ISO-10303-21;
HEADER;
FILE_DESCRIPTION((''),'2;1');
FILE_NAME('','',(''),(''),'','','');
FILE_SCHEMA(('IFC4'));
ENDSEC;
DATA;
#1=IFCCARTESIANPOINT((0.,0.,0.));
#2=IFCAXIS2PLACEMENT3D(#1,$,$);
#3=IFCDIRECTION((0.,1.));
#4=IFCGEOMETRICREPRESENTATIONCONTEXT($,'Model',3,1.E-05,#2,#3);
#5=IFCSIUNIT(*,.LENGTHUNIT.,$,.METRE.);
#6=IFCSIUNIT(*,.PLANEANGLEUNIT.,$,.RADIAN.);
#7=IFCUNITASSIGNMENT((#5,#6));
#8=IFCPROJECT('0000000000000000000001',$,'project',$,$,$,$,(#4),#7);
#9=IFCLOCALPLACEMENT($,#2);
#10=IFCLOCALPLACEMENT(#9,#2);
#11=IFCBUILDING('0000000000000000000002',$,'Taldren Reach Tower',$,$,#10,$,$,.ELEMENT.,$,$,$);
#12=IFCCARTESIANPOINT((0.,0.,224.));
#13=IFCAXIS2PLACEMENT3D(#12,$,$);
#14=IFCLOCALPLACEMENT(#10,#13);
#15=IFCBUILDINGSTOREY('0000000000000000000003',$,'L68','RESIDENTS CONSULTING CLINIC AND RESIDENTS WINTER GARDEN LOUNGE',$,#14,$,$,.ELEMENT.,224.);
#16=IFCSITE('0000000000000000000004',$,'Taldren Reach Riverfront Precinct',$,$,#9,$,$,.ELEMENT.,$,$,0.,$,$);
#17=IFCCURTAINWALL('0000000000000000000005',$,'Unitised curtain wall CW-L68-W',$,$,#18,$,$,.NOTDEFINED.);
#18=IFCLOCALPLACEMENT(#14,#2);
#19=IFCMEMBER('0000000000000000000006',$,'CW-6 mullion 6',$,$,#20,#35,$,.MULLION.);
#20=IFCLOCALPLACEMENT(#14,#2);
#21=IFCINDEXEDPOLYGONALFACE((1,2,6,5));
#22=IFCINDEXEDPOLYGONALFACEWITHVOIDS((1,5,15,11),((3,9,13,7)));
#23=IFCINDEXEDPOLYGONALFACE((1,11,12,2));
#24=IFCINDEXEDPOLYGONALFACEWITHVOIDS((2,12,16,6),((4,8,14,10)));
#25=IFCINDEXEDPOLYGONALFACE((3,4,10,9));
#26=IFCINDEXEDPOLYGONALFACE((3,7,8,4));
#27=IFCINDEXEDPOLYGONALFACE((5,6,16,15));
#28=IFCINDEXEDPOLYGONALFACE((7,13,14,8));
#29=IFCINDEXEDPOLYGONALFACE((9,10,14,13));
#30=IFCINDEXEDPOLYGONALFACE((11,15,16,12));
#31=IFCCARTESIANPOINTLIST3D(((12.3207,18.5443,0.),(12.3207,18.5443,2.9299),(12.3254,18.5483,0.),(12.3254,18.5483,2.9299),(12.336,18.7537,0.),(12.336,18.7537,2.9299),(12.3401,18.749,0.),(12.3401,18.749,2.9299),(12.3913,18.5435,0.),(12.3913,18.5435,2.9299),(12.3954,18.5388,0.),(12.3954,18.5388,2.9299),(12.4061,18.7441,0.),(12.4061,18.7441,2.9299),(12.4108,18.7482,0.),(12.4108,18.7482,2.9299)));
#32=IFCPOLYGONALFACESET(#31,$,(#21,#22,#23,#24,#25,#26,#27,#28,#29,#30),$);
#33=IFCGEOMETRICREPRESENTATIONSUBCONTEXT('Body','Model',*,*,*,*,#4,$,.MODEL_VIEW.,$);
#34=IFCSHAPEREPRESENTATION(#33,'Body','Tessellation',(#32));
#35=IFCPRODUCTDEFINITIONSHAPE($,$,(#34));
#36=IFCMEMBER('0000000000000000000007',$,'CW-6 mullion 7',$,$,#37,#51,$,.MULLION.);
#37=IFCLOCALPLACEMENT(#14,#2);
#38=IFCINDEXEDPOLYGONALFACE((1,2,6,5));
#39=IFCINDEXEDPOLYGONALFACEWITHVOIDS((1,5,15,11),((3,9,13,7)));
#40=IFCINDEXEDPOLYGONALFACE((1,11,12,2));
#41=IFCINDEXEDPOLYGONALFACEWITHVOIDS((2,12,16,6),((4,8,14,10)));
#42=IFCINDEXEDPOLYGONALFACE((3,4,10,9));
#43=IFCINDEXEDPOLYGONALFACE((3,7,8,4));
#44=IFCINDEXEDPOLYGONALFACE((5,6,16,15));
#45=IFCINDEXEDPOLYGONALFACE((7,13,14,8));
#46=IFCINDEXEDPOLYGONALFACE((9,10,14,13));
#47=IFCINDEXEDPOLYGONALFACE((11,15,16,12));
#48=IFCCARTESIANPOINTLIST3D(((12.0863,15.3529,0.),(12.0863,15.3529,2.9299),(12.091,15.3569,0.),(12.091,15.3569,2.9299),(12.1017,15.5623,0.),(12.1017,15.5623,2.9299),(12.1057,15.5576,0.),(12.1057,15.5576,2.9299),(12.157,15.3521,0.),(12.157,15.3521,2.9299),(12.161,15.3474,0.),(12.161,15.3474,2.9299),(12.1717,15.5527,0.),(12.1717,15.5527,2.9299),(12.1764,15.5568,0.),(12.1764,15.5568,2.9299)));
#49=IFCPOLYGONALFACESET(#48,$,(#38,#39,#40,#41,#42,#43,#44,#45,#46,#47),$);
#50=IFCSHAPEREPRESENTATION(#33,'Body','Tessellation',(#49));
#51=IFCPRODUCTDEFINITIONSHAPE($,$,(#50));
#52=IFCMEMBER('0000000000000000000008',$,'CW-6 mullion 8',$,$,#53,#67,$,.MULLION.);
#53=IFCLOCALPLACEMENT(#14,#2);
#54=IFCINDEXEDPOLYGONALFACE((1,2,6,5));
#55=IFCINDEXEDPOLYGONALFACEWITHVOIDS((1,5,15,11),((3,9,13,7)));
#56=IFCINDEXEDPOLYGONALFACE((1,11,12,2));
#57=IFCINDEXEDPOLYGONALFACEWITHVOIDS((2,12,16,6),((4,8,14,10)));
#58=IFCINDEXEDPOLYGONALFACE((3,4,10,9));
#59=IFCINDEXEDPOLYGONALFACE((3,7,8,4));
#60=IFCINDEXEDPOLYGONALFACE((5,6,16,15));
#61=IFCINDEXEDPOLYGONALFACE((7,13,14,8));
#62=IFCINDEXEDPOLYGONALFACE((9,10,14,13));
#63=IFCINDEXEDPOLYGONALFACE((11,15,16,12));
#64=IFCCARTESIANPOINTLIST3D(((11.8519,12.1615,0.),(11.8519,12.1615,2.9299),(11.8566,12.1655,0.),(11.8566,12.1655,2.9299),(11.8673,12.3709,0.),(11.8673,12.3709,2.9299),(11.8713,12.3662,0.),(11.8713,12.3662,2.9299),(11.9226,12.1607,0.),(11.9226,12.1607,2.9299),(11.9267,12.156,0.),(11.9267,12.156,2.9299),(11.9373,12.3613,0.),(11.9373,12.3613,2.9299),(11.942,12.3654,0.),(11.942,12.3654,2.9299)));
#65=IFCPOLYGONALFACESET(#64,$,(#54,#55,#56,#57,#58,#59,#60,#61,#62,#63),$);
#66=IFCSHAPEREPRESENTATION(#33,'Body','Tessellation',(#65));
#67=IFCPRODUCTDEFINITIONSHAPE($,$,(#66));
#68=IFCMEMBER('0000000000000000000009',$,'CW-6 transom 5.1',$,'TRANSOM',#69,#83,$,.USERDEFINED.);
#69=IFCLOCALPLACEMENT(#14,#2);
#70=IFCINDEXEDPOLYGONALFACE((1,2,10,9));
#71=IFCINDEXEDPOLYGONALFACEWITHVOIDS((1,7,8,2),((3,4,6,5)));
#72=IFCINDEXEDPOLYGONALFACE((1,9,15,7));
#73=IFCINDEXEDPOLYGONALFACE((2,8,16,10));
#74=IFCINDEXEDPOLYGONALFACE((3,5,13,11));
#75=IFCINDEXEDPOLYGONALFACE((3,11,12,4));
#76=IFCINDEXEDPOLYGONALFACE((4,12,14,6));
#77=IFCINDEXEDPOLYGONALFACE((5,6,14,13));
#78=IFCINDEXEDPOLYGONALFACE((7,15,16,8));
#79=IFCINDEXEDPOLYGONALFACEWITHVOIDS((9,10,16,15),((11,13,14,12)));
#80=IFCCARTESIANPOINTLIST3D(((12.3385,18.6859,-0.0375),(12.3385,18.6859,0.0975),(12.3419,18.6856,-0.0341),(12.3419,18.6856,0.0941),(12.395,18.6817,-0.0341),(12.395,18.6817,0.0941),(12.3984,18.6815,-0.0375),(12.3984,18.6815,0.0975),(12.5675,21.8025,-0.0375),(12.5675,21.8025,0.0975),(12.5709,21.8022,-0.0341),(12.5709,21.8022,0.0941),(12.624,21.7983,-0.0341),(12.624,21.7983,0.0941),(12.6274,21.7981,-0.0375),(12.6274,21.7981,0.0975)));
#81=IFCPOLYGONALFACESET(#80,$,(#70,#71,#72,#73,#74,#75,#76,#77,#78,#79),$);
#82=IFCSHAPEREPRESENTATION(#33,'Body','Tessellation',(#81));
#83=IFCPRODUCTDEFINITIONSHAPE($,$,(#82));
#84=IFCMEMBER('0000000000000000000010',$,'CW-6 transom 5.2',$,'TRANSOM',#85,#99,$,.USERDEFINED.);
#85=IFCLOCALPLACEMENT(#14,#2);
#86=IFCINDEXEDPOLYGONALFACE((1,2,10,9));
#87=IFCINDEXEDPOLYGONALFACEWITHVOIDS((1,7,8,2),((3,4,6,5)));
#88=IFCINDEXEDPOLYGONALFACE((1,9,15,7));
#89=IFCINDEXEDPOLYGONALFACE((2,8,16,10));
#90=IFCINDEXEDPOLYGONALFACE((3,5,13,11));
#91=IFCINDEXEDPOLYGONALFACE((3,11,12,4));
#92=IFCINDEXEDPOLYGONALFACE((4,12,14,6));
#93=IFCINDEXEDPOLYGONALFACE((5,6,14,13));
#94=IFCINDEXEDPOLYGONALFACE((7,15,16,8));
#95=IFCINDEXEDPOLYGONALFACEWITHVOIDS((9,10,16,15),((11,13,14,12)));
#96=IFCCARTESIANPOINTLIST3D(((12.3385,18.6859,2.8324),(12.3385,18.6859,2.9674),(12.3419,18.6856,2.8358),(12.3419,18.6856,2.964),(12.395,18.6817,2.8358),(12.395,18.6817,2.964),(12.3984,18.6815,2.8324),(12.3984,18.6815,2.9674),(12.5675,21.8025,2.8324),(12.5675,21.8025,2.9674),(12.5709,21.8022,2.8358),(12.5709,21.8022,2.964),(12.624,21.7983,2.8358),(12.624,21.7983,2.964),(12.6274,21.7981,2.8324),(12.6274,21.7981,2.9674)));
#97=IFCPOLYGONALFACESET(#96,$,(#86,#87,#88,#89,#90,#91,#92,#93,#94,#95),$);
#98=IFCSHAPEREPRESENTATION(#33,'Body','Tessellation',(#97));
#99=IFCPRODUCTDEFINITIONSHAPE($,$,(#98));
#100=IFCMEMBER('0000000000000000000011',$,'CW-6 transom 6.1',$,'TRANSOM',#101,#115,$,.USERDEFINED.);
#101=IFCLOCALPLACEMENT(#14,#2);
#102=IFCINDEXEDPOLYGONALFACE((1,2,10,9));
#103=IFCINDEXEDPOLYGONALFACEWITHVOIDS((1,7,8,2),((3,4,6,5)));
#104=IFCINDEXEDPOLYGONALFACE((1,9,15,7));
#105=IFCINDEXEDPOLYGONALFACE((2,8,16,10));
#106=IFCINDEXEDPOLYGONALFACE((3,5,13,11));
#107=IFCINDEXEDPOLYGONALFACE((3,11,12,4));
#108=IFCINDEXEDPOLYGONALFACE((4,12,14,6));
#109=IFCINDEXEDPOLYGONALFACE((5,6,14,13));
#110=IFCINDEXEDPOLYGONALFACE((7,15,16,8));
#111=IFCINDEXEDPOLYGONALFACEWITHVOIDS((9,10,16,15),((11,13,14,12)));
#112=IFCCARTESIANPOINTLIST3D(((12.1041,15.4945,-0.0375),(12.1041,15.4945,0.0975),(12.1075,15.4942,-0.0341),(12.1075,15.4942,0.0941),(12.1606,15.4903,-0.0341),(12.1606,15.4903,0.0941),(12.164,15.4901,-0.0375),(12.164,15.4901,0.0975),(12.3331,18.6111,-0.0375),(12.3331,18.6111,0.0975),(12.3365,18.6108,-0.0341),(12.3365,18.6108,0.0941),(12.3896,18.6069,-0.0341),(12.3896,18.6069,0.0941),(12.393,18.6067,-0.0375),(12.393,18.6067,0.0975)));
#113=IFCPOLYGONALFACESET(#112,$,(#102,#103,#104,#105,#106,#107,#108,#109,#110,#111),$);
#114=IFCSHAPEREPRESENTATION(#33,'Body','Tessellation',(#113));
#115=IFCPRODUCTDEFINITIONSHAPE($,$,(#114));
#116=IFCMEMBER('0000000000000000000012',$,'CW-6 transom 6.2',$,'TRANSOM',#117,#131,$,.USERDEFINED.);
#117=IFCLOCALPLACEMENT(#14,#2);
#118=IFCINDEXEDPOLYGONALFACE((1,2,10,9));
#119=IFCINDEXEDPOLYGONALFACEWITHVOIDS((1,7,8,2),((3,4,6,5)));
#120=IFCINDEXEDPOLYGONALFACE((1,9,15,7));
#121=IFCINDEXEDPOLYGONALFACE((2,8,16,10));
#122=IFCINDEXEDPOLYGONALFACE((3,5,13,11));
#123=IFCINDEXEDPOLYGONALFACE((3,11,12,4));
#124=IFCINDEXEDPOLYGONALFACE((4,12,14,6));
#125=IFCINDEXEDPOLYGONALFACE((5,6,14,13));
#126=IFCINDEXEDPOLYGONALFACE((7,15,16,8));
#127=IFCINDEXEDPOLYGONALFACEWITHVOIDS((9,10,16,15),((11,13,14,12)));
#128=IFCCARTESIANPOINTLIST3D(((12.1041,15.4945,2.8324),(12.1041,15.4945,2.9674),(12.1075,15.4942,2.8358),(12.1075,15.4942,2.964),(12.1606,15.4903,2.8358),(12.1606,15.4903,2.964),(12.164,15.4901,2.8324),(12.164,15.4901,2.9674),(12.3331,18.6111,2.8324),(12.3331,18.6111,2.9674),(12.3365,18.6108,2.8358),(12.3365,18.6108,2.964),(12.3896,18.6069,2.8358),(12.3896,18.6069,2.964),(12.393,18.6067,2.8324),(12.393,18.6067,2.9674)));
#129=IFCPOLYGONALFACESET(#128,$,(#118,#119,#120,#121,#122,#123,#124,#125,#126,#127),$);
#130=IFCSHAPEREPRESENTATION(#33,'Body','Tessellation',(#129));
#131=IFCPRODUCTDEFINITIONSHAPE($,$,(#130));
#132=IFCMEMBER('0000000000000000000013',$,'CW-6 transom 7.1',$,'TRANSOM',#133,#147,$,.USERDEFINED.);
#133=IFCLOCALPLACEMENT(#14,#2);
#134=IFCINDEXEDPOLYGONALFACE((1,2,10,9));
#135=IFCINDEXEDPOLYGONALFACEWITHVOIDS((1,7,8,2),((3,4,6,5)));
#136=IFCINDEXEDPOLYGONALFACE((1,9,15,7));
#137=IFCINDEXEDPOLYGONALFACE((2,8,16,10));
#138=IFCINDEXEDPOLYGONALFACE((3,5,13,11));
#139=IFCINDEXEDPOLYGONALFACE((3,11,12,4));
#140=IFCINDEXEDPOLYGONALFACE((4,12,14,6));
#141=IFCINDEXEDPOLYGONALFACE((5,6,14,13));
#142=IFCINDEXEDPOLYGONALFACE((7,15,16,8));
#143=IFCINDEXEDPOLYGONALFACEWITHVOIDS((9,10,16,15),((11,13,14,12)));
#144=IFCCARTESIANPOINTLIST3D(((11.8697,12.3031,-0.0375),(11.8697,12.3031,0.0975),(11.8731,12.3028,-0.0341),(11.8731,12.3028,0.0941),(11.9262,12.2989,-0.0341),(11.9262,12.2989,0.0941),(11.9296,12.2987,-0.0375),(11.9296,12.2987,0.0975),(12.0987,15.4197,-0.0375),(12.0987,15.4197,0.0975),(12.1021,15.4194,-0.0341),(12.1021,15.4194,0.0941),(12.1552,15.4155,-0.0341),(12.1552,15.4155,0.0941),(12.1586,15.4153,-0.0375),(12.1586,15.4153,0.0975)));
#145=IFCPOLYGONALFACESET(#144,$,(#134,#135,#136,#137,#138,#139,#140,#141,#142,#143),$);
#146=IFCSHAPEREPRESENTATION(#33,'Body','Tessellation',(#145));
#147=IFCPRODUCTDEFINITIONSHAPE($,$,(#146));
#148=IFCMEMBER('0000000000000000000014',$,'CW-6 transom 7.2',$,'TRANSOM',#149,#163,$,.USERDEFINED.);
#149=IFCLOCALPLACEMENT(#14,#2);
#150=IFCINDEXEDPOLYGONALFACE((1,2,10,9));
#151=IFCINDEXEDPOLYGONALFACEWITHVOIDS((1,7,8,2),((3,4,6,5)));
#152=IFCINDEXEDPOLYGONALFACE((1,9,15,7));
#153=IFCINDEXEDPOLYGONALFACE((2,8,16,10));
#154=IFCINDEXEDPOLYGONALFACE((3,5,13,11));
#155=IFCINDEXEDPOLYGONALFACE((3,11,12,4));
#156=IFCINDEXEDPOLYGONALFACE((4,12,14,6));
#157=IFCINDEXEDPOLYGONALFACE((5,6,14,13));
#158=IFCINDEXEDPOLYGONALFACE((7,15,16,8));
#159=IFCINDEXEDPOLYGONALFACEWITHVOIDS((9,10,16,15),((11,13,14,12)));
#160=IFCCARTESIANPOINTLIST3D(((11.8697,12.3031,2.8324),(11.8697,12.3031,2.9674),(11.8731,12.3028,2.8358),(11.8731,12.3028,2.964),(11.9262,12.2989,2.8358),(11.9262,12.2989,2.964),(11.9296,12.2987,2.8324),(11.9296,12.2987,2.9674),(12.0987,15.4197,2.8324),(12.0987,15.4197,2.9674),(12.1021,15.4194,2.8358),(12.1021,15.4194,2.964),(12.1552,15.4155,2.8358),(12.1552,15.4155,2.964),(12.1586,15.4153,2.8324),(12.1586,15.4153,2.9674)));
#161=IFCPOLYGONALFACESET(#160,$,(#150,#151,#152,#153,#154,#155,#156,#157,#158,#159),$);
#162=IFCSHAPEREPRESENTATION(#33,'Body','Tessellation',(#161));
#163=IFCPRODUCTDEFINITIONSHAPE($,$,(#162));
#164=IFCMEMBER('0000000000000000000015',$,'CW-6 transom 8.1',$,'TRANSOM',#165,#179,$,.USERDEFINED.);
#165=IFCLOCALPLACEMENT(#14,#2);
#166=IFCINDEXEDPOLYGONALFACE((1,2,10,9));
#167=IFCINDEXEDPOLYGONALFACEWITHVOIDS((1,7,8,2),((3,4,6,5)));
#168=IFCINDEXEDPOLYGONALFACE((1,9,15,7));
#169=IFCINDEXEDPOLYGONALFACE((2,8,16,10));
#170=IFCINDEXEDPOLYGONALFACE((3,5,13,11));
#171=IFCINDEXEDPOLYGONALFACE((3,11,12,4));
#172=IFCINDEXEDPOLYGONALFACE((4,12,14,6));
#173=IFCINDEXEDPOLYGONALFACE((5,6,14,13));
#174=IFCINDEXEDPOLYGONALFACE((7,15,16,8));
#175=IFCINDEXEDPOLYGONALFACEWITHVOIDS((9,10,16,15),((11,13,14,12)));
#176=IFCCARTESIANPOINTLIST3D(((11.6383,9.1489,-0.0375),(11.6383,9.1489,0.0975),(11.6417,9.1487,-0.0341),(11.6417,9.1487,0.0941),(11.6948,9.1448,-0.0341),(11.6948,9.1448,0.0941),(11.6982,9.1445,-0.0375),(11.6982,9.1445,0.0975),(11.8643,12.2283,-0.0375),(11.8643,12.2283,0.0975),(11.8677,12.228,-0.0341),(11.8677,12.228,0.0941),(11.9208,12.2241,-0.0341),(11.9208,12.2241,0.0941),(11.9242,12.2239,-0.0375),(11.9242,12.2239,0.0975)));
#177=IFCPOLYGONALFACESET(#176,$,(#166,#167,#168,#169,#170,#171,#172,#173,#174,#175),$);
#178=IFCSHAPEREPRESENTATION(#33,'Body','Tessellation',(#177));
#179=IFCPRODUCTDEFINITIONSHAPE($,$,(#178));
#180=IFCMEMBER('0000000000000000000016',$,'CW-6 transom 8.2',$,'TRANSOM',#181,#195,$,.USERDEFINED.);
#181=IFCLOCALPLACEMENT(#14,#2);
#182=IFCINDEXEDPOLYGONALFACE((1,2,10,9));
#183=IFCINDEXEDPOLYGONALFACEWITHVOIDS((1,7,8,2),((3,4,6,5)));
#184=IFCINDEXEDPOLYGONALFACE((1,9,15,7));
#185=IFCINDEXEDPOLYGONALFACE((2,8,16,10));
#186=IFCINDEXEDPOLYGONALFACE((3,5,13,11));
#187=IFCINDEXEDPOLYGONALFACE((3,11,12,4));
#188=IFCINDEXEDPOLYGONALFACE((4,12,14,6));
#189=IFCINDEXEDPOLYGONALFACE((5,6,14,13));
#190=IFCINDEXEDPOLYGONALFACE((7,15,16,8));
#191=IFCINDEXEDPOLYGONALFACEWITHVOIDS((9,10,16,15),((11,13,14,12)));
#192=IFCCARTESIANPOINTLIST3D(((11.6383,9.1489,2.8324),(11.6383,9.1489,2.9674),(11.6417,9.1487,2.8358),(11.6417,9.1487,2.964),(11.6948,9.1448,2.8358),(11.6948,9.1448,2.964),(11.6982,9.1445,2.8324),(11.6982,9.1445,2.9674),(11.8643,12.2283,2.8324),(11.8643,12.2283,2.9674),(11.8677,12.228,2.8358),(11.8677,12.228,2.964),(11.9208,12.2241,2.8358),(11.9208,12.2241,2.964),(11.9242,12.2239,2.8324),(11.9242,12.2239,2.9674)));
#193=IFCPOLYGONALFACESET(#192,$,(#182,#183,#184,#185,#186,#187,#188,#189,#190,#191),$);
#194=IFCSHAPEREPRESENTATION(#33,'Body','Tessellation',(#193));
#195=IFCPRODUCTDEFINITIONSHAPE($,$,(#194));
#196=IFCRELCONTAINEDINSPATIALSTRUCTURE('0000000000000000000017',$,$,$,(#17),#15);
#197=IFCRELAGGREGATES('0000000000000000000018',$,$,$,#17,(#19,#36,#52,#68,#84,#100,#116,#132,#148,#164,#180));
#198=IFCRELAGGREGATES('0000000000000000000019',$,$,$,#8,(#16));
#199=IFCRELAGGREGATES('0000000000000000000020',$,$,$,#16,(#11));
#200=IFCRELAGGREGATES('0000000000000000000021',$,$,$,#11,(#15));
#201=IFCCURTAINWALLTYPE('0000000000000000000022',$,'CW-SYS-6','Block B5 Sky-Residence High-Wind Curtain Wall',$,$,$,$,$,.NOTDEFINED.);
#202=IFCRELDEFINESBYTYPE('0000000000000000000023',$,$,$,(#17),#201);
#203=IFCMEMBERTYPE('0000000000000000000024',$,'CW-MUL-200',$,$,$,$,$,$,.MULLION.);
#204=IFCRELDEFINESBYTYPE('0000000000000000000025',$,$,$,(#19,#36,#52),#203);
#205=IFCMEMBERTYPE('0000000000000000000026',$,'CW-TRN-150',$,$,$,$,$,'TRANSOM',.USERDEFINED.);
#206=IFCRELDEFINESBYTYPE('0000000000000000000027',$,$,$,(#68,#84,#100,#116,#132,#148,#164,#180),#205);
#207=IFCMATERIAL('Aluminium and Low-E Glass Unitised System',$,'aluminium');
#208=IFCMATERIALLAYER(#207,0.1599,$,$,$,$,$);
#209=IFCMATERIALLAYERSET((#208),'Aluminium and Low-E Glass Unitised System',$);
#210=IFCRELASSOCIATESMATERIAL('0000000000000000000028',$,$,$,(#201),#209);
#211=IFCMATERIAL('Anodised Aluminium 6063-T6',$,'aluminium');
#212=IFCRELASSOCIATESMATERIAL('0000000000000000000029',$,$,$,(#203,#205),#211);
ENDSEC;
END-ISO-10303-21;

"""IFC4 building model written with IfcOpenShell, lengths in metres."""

from ifc_helpers import new_model, si_unit, direction, frame, origin, origin_2d, place, context, subcontext, project, spatial, hollow_rectangle, extrude, source, transform, mapped, material, layer, layer_set, material_profile, profile_set, type_object, element, aggregate, save


model = new_model("IFC4")

# Units and contexts
model_context = context("Model", 3, precision=1e-05, world=origin(), true_north=direction((0.0, 1.0)))
body_context = subcontext(model_context, "Body", "Model", "MODEL_VIEW")
ifc_project = project(units=[si_unit("LENGTHUNIT", "METRE"), si_unit("PLANEANGLEUNIT", "RADIAN")], contexts=[model_context])

# Site, building, storey
site_placement = place(None, origin())
site = spatial("IfcSite", under=ifc_project, at=site_placement, Name="Taldren Reach Riverfront Precinct", CompositionType="ELEMENT", RefElevation=0.0)
building_placement = place(site_placement, origin())
building = spatial("IfcBuilding", under=site, at=building_placement, Name="Taldren Reach Tower", CompositionType="ELEMENT")
storey_placement = place(building_placement, frame((0.0, 0.0, 224.0)))
storey = spatial("IfcBuildingStorey", under=building, at=storey_placement, Name="L68", Description="RESIDENTS CONSULTING CLINIC AND RESIDENTS WINTER GARDEN LOUNGE", CompositionType="ELEMENT", Elevation=224.0)

# Curtain wall, members
ifc_material_1 = material(Name="Aluminium and Low-E Glass Unitised System", Category="aluminium")
ifc_layer_1 = layer(ifc_material_1, 0.1599)
ifc_layer_set_1 = layer_set([ifc_layer_1], Name="Aluminium and Low-E Glass Unitised System")
curtain_wall_type = type_object("IfcCurtainWallType", Name="CW-SYS-6", Description="Block B5 Sky-Residence High-Wind Curtain Wall", PredefinedType="NOTDEFINED", material=ifc_layer_set_1)
curtain_wall_placement = place(storey_placement, origin())
curtain_wall = element("IfcCurtainWall", 1, at=curtain_wall_placement, inside=storey, type_object=curtain_wall_type, Name="Unitised curtain wall CW-L68-W", PredefinedType="NOTDEFINED")
ifc_material_2 = material(Name="Anodised Aluminium 6063-T6", Category="aluminium")
ifc_material_profile_1 = material_profile(ifc_material_2, hollow_rectangle(XDim=0.075, YDim=0.21, WallThickness=0.0044, at=origin_2d()), Name="ALU-210x75x4.5RHS")
ifc_profile_set_1 = profile_set([ifc_material_profile_1], Name="Anodised Aluminium 6063-T6")
member_type_1 = type_object("IfcMemberType", Name="CW-MUL-200", PredefinedType="MULLION", material=ifc_profile_set_1)
shared_shape_1 = source(origin(), body_context, "Body", "SweptSolid", [
    extrude(hollow_rectangle(XDim=0.075, YDim=0.21, WallThickness=0.0044, at=origin_2d()), origin(), (0.0, 0.0, 1.0), 2.9299),
])
member_1_placement = place(storey_placement, frame((12.3657, 18.6462, 0.0), z_axis=(0.0, 0.0, 1.0), x_axis=(0.997314, -0.073238, 0.0)))
member_1 = element("IfcMember", 2, at=member_1_placement, type_object=member_type_1, Name="CW-6 mullion 6", PredefinedType="MULLION", context=body_context, shape_type="MappedRepresentation", body=[
    mapped(shared_shape_1, transform((0.0, 0.0, 0.0), scale=1.0)),
])
member_2_placement = place(storey_placement, frame((12.1313, 15.4548, 0.0), z_axis=(0.0, 0.0, 1.0), x_axis=(0.997314, -0.073238, 0.0)))
member_2 = element("IfcMember", 3, at=member_2_placement, type_object=member_type_1, Name="CW-6 mullion 7", PredefinedType="MULLION", context=body_context, shape_type="MappedRepresentation", body=[
    mapped(shared_shape_1, transform((0.0, 0.0, 0.0), scale=1.0)),
])
member_3_placement = place(storey_placement, frame((11.897, 12.2634, 0.0), z_axis=(0.0, 0.0, 1.0), x_axis=(0.997314, -0.073238, 0.0)))
member_3 = element("IfcMember", 4, at=member_3_placement, type_object=member_type_1, Name="CW-6 mullion 8", PredefinedType="MULLION", context=body_context, shape_type="MappedRepresentation", body=[
    mapped(shared_shape_1, transform((0.0, 0.0, 0.0), scale=1.0)),
])
ifc_material_profile_2 = material_profile(ifc_material_2, hollow_rectangle(XDim=0.0601, YDim=0.135, WallThickness=0.0034, at=origin_2d()), Name="ALU-135x60x3.5RHS")
ifc_profile_set_2 = profile_set([ifc_material_profile_2], Name="Anodised Aluminium 6063-T6")
member_type_2 = type_object("IfcMemberType", Name="CW-TRN-150", ElementType="TRANSOM", PredefinedType="USERDEFINED", material=ifc_profile_set_2)
shared_shape_2 = source(origin(), body_context, "Body", "SweptSolid", [
    extrude(hollow_rectangle(XDim=0.0601, YDim=0.135, WallThickness=0.0034, at=origin_2d()), origin(), (0.0, 0.0, 1.0), 3.125),
])
member_4_placement = place(storey_placement, frame((12.5974, 21.8003, 0.03), z_axis=(-0.073279, -0.997311, 0.0), x_axis=(0.997311, -0.073279, 0.0)))
member_4 = element("IfcMember", 5, at=member_4_placement, type_object=member_type_2, Name="CW-6 transom 5.1", ObjectType="TRANSOM", PredefinedType="USERDEFINED", context=body_context, shape_type="MappedRepresentation", body=[
    mapped(shared_shape_2, transform((0.0, 0.0, 0.0), scale=1.0)),
])
member_5_placement = place(storey_placement, frame((12.5974, 21.8003, 2.8999), z_axis=(-0.073279, -0.997311, 0.0), x_axis=(0.997311, -0.073279, 0.0)))
member_5 = element("IfcMember", 6, at=member_5_placement, type_object=member_type_2, Name="CW-6 transom 5.2", ObjectType="TRANSOM", PredefinedType="USERDEFINED", context=body_context, shape_type="MappedRepresentation", body=[
    mapped(shared_shape_2, transform((0.0, 0.0, 0.0), scale=1.0)),
])
member_6_placement = place(storey_placement, frame((12.363, 18.6089, 0.03), z_axis=(-0.073279, -0.997311, 0.0), x_axis=(0.997311, -0.073279, 0.0)))
member_6 = element("IfcMember", 7, at=member_6_placement, type_object=member_type_2, Name="CW-6 transom 6.1", ObjectType="TRANSOM", PredefinedType="USERDEFINED", context=body_context, shape_type="MappedRepresentation", body=[
    mapped(shared_shape_2, transform((0.0, 0.0, 0.0), scale=1.0)),
])
member_7_placement = place(storey_placement, frame((12.363, 18.6089, 2.8999), z_axis=(-0.073279, -0.997311, 0.0), x_axis=(0.997311, -0.073279, 0.0)))
member_7 = element("IfcMember", 8, at=member_7_placement, type_object=member_type_2, Name="CW-6 transom 6.2", ObjectType="TRANSOM", PredefinedType="USERDEFINED", context=body_context, shape_type="MappedRepresentation", body=[
    mapped(shared_shape_2, transform((0.0, 0.0, 0.0), scale=1.0)),
])
member_8_placement = place(storey_placement, frame((12.1287, 15.4175, 0.03), z_axis=(-0.073279, -0.997311, 0.0), x_axis=(0.997311, -0.073279, 0.0)))
member_8 = element("IfcMember", 9, at=member_8_placement, type_object=member_type_2, Name="CW-6 transom 7.1", ObjectType="TRANSOM", PredefinedType="USERDEFINED", context=body_context, shape_type="MappedRepresentation", body=[
    mapped(shared_shape_2, transform((0.0, 0.0, 0.0), scale=1.0)),
])
member_9_placement = place(storey_placement, frame((12.1287, 15.4175, 2.8999), z_axis=(-0.073279, -0.997311, 0.0), x_axis=(0.997311, -0.073279, 0.0)))
member_9 = element("IfcMember", 10, at=member_9_placement, type_object=member_type_2, Name="CW-6 transom 7.2", ObjectType="TRANSOM", PredefinedType="USERDEFINED", context=body_context, shape_type="MappedRepresentation", body=[
    mapped(shared_shape_2, transform((0.0, 0.0, 0.0), scale=1.0)),
])
shared_shape_3 = source(origin(), body_context, "Body", "SweptSolid", [
    extrude(hollow_rectangle(XDim=0.0601, YDim=0.135, WallThickness=0.0034, at=origin_2d()), origin(), (0.0, 0.0, 1.0), 3.0876),
])
member_10_placement = place(storey_placement, frame((11.8943, 12.2261, 0.03), z_axis=(-0.073219, -0.997316, 0.0), x_axis=(0.997316, -0.073219, 0.0)))
member_10 = element("IfcMember", 11, at=member_10_placement, type_object=member_type_2, Name="CW-6 transom 8.1", ObjectType="TRANSOM", PredefinedType="USERDEFINED", context=body_context, shape_type="MappedRepresentation", body=[
    mapped(shared_shape_3, transform((0.0, 0.0, 0.0), scale=1.0)),
])
member_11_placement = place(storey_placement, frame((11.8943, 12.2261, 2.8999), z_axis=(-0.073219, -0.997316, 0.0), x_axis=(0.997316, -0.073219, 0.0)))
member_11 = element("IfcMember", 12, at=member_11_placement, type_object=member_type_2, Name="CW-6 transom 8.2", ObjectType="TRANSOM", PredefinedType="USERDEFINED", context=body_context, shape_type="MappedRepresentation", body=[
    mapped(shared_shape_3, transform((0.0, 0.0, 0.0), scale=1.0)),
])
aggregate(curtain_wall, [member_1, member_2, member_3, member_4, member_5, member_6, member_7, member_8, member_9, member_10, member_11])

save(model, "model.ifc")
